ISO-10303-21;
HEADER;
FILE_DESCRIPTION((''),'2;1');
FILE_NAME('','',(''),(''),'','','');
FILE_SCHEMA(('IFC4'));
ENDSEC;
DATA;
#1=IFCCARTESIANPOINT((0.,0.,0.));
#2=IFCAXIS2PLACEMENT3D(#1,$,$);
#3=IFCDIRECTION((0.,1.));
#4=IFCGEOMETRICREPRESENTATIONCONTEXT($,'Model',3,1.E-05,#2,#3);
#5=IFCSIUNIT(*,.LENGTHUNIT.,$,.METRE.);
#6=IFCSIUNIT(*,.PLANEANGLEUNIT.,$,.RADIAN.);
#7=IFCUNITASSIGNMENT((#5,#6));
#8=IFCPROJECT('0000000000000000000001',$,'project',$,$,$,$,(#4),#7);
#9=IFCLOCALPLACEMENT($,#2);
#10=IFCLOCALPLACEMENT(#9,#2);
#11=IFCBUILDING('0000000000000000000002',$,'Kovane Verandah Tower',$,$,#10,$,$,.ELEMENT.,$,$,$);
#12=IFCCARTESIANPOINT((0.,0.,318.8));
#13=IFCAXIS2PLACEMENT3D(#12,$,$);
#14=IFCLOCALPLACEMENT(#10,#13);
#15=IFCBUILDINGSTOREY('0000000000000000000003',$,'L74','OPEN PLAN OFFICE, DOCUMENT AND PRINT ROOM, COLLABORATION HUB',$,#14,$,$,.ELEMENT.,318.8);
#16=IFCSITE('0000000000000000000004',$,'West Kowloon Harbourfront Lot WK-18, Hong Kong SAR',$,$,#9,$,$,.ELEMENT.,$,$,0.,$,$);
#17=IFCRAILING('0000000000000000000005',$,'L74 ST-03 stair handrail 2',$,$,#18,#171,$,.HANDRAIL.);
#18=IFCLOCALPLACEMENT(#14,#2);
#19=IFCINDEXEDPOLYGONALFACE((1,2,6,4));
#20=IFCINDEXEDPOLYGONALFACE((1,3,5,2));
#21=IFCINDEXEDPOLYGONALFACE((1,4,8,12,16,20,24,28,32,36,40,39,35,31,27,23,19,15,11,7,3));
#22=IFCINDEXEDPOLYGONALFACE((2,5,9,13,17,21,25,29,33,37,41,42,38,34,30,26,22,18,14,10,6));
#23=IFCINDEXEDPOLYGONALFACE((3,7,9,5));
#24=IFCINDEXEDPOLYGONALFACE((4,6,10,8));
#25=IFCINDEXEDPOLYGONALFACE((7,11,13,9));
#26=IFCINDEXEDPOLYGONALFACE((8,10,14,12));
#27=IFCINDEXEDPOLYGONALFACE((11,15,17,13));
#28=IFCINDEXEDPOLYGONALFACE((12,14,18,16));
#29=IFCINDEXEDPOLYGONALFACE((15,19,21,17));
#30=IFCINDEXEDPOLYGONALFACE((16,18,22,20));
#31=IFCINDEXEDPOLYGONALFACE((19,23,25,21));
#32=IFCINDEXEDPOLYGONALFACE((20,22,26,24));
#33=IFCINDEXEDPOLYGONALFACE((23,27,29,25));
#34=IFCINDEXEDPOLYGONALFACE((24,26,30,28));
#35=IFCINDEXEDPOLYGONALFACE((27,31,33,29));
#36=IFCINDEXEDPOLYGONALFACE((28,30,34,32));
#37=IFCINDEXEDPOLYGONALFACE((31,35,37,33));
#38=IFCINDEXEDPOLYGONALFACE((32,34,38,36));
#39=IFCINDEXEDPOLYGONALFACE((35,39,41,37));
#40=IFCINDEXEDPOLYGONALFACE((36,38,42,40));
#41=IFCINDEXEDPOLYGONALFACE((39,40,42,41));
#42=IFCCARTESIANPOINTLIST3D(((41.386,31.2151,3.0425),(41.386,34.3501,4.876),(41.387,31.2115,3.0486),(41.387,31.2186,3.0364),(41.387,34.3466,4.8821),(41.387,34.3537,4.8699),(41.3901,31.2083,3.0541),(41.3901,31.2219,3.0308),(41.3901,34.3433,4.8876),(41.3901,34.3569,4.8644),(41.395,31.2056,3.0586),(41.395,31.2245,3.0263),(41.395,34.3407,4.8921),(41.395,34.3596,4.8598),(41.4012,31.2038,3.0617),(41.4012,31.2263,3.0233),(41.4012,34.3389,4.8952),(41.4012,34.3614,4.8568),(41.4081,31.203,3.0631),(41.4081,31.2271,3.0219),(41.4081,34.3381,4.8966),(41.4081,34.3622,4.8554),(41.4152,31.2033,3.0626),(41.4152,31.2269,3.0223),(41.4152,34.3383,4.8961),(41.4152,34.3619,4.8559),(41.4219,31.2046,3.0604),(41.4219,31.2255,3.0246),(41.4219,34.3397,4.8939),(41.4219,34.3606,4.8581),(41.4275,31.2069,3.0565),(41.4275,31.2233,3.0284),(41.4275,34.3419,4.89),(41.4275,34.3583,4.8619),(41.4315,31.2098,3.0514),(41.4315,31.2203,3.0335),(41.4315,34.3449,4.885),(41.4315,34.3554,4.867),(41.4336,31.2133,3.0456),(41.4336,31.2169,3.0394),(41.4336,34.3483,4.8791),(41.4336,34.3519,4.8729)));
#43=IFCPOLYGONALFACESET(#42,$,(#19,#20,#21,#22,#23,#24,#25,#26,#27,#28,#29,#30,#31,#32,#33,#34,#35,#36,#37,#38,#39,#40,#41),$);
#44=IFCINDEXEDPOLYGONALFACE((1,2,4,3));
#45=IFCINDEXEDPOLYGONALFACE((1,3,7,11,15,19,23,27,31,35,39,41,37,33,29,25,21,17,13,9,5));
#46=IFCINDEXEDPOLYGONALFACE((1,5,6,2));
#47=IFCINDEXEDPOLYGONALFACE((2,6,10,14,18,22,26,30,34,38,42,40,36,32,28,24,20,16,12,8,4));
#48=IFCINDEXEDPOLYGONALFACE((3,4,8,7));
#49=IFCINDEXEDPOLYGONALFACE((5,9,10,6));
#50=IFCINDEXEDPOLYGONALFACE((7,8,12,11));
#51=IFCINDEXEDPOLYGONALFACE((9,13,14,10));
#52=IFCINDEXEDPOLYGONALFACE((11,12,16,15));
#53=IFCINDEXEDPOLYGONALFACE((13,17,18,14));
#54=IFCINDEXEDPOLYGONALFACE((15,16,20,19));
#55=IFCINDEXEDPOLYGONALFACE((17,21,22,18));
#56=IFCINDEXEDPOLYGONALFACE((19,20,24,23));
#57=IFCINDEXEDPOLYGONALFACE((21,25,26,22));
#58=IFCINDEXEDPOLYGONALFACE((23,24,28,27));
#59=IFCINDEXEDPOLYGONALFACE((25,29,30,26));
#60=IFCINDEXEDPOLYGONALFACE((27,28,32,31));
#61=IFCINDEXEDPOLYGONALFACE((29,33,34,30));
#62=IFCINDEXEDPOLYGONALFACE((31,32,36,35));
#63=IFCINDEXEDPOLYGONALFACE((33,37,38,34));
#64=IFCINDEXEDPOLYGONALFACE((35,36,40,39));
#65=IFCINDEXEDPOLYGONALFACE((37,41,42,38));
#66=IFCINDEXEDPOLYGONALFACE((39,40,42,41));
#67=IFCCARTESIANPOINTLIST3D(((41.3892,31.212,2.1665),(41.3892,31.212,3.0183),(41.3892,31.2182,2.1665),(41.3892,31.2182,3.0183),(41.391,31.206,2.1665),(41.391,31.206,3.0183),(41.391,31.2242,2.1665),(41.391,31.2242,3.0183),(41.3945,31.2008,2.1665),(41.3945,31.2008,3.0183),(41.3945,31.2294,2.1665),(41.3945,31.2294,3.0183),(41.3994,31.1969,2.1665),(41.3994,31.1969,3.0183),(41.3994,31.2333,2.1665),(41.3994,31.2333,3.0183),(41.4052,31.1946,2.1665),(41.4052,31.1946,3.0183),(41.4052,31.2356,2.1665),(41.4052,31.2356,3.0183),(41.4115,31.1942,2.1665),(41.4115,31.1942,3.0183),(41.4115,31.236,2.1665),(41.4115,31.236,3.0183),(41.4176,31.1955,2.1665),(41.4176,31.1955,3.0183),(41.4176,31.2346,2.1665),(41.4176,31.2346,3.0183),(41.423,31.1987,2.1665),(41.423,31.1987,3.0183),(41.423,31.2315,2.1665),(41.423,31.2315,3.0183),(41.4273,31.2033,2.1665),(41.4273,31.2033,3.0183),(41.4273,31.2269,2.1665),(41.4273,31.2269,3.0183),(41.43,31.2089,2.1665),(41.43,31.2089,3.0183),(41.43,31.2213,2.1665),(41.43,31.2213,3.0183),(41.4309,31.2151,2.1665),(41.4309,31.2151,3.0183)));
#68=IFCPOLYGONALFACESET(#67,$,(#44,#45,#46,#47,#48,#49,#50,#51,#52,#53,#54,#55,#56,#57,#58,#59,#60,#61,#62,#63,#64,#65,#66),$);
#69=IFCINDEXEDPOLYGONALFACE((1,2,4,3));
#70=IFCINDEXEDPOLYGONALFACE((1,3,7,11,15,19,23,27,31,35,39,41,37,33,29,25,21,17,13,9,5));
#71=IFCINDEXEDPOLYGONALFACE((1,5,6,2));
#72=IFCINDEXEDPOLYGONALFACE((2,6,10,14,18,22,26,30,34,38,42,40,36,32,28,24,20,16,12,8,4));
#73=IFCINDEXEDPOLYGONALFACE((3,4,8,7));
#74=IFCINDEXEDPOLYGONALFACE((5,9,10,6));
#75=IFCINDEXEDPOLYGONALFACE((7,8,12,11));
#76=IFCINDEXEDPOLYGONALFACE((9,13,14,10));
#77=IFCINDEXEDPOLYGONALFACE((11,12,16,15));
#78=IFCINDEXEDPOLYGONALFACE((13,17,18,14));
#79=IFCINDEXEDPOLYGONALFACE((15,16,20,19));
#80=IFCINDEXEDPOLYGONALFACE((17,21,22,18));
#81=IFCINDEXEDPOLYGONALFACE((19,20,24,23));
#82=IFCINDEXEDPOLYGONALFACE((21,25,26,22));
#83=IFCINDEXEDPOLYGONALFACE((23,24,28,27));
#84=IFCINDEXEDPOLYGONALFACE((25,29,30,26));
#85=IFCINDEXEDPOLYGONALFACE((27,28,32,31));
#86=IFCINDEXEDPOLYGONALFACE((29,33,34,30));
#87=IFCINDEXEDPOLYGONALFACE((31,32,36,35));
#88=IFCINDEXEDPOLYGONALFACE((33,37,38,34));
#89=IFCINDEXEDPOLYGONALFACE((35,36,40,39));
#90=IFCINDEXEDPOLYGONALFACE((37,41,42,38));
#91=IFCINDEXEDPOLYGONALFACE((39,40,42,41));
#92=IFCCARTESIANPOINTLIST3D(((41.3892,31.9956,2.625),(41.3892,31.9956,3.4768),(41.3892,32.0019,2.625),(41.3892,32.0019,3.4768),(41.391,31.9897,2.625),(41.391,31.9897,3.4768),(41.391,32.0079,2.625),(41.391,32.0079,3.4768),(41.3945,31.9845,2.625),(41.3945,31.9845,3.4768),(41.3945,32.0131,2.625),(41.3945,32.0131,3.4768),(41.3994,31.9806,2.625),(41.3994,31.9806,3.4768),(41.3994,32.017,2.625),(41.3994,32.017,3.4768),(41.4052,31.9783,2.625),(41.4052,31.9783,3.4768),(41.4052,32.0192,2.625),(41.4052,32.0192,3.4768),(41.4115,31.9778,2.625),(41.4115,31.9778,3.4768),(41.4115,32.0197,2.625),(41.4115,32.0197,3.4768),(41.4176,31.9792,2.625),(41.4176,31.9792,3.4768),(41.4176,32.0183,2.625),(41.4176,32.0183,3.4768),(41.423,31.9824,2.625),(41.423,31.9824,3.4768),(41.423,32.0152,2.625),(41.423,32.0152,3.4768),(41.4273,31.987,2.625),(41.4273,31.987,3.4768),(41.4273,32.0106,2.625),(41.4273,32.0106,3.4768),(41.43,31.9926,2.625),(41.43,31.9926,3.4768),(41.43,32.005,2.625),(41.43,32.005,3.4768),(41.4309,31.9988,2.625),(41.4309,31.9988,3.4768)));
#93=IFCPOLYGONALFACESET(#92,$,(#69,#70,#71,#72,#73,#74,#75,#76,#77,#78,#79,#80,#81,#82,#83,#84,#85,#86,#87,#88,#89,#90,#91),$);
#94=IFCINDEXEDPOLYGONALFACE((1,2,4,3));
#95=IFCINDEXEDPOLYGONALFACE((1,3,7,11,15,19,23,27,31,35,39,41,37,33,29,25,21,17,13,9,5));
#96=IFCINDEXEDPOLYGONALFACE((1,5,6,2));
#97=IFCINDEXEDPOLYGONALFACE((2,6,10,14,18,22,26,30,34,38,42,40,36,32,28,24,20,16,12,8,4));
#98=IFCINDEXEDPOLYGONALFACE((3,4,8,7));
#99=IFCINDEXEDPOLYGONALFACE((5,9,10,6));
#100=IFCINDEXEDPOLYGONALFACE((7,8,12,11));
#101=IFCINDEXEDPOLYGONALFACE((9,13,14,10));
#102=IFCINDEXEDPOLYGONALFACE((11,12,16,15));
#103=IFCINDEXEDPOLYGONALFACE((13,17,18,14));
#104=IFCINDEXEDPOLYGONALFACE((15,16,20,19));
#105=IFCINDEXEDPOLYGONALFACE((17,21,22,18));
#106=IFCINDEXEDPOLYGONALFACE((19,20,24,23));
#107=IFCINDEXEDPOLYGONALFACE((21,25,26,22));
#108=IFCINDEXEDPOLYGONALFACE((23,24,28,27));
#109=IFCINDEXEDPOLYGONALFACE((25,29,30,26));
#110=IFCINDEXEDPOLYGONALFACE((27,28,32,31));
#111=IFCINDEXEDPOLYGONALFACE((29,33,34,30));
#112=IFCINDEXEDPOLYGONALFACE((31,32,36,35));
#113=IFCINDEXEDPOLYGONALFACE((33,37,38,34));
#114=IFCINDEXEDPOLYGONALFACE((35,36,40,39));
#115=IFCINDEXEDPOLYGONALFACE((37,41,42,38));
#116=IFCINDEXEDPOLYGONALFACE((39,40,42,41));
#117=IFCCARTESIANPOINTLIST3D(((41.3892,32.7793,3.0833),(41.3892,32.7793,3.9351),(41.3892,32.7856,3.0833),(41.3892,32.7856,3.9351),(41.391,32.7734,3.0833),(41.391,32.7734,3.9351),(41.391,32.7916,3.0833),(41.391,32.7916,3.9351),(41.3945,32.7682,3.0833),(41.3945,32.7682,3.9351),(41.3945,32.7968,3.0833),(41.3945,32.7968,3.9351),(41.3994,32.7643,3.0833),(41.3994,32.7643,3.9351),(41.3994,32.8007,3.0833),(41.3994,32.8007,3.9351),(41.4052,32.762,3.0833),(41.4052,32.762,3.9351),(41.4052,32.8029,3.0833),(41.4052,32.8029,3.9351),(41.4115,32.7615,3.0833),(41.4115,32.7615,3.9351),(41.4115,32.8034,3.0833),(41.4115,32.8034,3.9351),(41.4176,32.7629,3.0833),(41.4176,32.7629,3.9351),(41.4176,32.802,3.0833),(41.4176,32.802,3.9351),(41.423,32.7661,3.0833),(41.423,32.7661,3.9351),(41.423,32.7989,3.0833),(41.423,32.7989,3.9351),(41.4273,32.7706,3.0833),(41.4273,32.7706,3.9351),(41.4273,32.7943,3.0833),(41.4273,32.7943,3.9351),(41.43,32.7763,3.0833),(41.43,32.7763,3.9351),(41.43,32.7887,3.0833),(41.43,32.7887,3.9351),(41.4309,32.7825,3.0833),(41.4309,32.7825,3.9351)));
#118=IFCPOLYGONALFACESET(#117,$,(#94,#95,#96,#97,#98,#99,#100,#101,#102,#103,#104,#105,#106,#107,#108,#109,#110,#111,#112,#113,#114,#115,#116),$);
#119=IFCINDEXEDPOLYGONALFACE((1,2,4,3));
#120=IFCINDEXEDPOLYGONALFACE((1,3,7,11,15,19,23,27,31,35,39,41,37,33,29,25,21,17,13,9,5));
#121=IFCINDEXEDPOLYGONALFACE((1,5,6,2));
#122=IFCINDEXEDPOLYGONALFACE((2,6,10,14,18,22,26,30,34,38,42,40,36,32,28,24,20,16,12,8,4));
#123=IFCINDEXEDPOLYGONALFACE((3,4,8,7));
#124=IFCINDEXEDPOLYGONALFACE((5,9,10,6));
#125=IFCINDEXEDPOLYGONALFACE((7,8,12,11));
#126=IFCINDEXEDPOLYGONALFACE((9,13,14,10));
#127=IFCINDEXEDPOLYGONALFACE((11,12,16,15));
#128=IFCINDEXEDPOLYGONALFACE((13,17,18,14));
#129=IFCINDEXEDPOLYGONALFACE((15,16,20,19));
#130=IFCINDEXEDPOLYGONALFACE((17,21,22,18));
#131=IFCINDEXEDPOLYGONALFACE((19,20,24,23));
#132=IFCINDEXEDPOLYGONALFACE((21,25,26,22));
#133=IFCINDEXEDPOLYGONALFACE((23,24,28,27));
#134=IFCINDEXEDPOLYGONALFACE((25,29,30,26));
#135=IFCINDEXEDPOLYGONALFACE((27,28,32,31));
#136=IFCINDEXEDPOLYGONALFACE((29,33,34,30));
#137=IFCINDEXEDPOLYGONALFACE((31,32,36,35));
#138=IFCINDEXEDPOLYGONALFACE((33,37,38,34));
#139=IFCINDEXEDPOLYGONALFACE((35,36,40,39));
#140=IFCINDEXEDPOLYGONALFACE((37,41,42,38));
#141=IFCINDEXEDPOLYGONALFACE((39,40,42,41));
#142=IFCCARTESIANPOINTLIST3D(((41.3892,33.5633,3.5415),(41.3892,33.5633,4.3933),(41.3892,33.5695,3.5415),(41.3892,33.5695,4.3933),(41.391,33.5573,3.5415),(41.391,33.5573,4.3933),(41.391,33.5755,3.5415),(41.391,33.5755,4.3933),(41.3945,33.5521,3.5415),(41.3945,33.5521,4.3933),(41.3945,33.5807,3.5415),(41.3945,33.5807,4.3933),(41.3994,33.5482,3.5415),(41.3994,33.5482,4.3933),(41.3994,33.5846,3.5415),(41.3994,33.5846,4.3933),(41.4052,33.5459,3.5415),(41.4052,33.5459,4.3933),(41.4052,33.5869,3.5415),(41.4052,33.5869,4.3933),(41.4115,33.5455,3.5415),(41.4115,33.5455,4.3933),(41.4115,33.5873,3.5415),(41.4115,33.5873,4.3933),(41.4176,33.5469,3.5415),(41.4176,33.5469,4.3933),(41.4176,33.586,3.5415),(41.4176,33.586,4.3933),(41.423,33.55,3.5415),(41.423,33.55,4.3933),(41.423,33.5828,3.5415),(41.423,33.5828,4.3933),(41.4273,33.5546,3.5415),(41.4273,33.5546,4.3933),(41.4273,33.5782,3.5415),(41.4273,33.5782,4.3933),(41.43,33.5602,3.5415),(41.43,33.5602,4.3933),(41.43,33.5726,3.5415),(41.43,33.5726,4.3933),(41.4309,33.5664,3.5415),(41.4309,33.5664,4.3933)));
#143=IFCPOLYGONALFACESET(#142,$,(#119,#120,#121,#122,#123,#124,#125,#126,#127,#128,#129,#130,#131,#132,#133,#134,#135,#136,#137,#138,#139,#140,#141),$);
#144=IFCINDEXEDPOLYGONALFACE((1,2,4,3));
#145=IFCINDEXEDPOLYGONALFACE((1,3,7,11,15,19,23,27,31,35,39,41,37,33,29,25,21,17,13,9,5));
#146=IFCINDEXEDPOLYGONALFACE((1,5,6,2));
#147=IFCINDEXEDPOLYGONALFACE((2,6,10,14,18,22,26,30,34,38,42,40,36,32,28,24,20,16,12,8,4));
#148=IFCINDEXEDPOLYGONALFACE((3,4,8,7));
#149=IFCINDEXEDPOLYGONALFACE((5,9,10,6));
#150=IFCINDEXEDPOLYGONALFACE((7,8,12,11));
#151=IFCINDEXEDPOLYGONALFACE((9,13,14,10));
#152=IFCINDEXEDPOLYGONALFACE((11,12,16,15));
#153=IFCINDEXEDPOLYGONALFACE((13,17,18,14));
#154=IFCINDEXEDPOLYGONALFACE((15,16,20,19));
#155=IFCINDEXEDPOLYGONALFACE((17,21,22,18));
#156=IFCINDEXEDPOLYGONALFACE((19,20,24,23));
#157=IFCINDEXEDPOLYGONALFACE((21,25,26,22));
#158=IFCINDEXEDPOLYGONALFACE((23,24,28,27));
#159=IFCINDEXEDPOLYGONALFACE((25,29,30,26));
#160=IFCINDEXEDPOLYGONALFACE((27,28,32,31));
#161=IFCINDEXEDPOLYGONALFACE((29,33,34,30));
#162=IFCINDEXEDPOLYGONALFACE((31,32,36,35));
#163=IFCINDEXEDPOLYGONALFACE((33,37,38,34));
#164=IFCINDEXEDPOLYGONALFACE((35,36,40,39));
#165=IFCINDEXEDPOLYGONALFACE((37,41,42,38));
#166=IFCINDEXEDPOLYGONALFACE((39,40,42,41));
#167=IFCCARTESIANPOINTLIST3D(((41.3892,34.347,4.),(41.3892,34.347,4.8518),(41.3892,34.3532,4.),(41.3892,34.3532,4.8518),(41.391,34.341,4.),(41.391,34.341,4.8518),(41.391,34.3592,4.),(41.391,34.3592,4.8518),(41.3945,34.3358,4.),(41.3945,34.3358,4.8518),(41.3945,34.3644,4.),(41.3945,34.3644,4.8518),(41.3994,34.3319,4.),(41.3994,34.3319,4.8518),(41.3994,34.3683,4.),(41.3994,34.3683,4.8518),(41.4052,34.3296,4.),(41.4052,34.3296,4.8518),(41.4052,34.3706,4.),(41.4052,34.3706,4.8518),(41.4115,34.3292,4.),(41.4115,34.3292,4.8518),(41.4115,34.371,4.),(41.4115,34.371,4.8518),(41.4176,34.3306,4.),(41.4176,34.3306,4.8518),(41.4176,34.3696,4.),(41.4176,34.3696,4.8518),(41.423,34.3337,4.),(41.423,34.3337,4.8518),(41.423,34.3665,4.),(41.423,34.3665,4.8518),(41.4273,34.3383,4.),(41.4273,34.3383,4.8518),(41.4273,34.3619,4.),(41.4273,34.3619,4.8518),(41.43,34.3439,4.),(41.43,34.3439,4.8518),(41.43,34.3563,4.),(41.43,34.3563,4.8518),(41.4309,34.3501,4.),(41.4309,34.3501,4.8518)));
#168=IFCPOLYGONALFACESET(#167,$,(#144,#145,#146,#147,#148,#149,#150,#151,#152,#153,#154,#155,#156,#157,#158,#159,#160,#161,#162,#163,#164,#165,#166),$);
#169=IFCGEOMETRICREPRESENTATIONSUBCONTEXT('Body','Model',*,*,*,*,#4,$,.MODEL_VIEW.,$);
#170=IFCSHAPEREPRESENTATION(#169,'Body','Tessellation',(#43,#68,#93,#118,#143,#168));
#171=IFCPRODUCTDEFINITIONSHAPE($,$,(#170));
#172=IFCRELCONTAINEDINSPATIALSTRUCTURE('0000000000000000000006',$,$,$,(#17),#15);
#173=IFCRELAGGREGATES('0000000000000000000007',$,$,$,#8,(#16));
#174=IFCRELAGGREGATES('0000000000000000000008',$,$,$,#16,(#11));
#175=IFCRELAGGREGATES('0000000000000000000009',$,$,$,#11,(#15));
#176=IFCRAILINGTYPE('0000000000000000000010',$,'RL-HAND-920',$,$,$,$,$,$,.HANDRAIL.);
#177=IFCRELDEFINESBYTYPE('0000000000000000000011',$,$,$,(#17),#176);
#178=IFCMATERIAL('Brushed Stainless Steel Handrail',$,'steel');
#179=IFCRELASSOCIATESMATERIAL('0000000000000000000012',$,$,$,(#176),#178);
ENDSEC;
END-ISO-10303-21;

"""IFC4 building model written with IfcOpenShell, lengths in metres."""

from ifc_helpers import new_model, si_unit, direction, frame, origin, origin_2d, place, context, subcontext, project, spatial, circle, extrude, material, type_object, element, save


model = new_model("IFC4")

# Units and contexts
model_context = context("Model", 3, precision=1e-05, world=origin(), true_north=direction((0.0, 1.0)))
body_context = subcontext(model_context, "Body", "Model", "MODEL_VIEW")
ifc_project = project(units=[si_unit("LENGTHUNIT", "METRE"), si_unit("PLANEANGLEUNIT", "RADIAN")], contexts=[model_context])

# Site, building, storey
site_placement = place(None, origin())
site = spatial("IfcSite", under=ifc_project, at=site_placement, Name="West Kowloon Harbourfront Lot WK-18, Hong Kong SAR", CompositionType="ELEMENT", RefElevation=0.0)
building_placement = place(site_placement, origin())
building = spatial("IfcBuilding", under=site, at=building_placement, Name="Kovane Verandah Tower", CompositionType="ELEMENT")
storey_placement = place(building_placement, frame((0.0, 0.0, 318.8)))
storey = spatial("IfcBuildingStorey", under=building, at=storey_placement, Name="L74", Description="OPEN PLAN OFFICE, DOCUMENT AND PRINT ROOM, COLLABORATION HUB", CompositionType="ELEMENT", Elevation=318.8)

# Railing
ifc_material_1 = material(Name="Brushed Stainless Steel Handrail", Category="steel")
railing_type_1 = type_object("IfcRailingType", Name="RL-HAND-920", PredefinedType="HANDRAIL", material=ifc_material_1)
railing_1_placement = place(storey_placement, frame((41.4099, 31.2151, 2.1665)))
element("IfcRailing", 1, at=railing_1_placement, inside=storey, type_object=railing_type_1, Name="L74 ST-03 stair handrail 2", PredefinedType="HANDRAIL", context=body_context, shape_type="SweptSolid", body=[
    extrude(circle(Radius=0.0239, at=origin_2d()), frame((0.0, 0.0, 0.876), z_axis=(0.0, 0.86321, 0.504845), x_axis=(-1.0, 0.0, 0.0)), (0.0, 0.0, 1.0), 3.6318),
    extrude(circle(Radius=0.021, at=origin_2d()), origin(), (0.0, 0.0, 1.0), 0.8518),
    extrude(circle(Radius=0.021, at=origin_2d()), frame((0.0, 0.7837, 0.4585)), (0.0, 0.0, 1.0), 0.8518),
    extrude(circle(Radius=0.021, at=origin_2d()), frame((0.0, 1.5674, 0.9167)), (0.0, 0.0, 1.0), 0.8518),
    extrude(circle(Radius=0.021, at=origin_2d()), frame((0.0, 2.3513, 1.375)), (0.0, 0.0, 1.0), 0.8518),
    extrude(circle(Radius=0.021, at=origin_2d()), frame((0.0, 3.135, 1.8335)), (0.0, 0.0, 1.0), 0.8518),
])

save(model, "model.ifc")
